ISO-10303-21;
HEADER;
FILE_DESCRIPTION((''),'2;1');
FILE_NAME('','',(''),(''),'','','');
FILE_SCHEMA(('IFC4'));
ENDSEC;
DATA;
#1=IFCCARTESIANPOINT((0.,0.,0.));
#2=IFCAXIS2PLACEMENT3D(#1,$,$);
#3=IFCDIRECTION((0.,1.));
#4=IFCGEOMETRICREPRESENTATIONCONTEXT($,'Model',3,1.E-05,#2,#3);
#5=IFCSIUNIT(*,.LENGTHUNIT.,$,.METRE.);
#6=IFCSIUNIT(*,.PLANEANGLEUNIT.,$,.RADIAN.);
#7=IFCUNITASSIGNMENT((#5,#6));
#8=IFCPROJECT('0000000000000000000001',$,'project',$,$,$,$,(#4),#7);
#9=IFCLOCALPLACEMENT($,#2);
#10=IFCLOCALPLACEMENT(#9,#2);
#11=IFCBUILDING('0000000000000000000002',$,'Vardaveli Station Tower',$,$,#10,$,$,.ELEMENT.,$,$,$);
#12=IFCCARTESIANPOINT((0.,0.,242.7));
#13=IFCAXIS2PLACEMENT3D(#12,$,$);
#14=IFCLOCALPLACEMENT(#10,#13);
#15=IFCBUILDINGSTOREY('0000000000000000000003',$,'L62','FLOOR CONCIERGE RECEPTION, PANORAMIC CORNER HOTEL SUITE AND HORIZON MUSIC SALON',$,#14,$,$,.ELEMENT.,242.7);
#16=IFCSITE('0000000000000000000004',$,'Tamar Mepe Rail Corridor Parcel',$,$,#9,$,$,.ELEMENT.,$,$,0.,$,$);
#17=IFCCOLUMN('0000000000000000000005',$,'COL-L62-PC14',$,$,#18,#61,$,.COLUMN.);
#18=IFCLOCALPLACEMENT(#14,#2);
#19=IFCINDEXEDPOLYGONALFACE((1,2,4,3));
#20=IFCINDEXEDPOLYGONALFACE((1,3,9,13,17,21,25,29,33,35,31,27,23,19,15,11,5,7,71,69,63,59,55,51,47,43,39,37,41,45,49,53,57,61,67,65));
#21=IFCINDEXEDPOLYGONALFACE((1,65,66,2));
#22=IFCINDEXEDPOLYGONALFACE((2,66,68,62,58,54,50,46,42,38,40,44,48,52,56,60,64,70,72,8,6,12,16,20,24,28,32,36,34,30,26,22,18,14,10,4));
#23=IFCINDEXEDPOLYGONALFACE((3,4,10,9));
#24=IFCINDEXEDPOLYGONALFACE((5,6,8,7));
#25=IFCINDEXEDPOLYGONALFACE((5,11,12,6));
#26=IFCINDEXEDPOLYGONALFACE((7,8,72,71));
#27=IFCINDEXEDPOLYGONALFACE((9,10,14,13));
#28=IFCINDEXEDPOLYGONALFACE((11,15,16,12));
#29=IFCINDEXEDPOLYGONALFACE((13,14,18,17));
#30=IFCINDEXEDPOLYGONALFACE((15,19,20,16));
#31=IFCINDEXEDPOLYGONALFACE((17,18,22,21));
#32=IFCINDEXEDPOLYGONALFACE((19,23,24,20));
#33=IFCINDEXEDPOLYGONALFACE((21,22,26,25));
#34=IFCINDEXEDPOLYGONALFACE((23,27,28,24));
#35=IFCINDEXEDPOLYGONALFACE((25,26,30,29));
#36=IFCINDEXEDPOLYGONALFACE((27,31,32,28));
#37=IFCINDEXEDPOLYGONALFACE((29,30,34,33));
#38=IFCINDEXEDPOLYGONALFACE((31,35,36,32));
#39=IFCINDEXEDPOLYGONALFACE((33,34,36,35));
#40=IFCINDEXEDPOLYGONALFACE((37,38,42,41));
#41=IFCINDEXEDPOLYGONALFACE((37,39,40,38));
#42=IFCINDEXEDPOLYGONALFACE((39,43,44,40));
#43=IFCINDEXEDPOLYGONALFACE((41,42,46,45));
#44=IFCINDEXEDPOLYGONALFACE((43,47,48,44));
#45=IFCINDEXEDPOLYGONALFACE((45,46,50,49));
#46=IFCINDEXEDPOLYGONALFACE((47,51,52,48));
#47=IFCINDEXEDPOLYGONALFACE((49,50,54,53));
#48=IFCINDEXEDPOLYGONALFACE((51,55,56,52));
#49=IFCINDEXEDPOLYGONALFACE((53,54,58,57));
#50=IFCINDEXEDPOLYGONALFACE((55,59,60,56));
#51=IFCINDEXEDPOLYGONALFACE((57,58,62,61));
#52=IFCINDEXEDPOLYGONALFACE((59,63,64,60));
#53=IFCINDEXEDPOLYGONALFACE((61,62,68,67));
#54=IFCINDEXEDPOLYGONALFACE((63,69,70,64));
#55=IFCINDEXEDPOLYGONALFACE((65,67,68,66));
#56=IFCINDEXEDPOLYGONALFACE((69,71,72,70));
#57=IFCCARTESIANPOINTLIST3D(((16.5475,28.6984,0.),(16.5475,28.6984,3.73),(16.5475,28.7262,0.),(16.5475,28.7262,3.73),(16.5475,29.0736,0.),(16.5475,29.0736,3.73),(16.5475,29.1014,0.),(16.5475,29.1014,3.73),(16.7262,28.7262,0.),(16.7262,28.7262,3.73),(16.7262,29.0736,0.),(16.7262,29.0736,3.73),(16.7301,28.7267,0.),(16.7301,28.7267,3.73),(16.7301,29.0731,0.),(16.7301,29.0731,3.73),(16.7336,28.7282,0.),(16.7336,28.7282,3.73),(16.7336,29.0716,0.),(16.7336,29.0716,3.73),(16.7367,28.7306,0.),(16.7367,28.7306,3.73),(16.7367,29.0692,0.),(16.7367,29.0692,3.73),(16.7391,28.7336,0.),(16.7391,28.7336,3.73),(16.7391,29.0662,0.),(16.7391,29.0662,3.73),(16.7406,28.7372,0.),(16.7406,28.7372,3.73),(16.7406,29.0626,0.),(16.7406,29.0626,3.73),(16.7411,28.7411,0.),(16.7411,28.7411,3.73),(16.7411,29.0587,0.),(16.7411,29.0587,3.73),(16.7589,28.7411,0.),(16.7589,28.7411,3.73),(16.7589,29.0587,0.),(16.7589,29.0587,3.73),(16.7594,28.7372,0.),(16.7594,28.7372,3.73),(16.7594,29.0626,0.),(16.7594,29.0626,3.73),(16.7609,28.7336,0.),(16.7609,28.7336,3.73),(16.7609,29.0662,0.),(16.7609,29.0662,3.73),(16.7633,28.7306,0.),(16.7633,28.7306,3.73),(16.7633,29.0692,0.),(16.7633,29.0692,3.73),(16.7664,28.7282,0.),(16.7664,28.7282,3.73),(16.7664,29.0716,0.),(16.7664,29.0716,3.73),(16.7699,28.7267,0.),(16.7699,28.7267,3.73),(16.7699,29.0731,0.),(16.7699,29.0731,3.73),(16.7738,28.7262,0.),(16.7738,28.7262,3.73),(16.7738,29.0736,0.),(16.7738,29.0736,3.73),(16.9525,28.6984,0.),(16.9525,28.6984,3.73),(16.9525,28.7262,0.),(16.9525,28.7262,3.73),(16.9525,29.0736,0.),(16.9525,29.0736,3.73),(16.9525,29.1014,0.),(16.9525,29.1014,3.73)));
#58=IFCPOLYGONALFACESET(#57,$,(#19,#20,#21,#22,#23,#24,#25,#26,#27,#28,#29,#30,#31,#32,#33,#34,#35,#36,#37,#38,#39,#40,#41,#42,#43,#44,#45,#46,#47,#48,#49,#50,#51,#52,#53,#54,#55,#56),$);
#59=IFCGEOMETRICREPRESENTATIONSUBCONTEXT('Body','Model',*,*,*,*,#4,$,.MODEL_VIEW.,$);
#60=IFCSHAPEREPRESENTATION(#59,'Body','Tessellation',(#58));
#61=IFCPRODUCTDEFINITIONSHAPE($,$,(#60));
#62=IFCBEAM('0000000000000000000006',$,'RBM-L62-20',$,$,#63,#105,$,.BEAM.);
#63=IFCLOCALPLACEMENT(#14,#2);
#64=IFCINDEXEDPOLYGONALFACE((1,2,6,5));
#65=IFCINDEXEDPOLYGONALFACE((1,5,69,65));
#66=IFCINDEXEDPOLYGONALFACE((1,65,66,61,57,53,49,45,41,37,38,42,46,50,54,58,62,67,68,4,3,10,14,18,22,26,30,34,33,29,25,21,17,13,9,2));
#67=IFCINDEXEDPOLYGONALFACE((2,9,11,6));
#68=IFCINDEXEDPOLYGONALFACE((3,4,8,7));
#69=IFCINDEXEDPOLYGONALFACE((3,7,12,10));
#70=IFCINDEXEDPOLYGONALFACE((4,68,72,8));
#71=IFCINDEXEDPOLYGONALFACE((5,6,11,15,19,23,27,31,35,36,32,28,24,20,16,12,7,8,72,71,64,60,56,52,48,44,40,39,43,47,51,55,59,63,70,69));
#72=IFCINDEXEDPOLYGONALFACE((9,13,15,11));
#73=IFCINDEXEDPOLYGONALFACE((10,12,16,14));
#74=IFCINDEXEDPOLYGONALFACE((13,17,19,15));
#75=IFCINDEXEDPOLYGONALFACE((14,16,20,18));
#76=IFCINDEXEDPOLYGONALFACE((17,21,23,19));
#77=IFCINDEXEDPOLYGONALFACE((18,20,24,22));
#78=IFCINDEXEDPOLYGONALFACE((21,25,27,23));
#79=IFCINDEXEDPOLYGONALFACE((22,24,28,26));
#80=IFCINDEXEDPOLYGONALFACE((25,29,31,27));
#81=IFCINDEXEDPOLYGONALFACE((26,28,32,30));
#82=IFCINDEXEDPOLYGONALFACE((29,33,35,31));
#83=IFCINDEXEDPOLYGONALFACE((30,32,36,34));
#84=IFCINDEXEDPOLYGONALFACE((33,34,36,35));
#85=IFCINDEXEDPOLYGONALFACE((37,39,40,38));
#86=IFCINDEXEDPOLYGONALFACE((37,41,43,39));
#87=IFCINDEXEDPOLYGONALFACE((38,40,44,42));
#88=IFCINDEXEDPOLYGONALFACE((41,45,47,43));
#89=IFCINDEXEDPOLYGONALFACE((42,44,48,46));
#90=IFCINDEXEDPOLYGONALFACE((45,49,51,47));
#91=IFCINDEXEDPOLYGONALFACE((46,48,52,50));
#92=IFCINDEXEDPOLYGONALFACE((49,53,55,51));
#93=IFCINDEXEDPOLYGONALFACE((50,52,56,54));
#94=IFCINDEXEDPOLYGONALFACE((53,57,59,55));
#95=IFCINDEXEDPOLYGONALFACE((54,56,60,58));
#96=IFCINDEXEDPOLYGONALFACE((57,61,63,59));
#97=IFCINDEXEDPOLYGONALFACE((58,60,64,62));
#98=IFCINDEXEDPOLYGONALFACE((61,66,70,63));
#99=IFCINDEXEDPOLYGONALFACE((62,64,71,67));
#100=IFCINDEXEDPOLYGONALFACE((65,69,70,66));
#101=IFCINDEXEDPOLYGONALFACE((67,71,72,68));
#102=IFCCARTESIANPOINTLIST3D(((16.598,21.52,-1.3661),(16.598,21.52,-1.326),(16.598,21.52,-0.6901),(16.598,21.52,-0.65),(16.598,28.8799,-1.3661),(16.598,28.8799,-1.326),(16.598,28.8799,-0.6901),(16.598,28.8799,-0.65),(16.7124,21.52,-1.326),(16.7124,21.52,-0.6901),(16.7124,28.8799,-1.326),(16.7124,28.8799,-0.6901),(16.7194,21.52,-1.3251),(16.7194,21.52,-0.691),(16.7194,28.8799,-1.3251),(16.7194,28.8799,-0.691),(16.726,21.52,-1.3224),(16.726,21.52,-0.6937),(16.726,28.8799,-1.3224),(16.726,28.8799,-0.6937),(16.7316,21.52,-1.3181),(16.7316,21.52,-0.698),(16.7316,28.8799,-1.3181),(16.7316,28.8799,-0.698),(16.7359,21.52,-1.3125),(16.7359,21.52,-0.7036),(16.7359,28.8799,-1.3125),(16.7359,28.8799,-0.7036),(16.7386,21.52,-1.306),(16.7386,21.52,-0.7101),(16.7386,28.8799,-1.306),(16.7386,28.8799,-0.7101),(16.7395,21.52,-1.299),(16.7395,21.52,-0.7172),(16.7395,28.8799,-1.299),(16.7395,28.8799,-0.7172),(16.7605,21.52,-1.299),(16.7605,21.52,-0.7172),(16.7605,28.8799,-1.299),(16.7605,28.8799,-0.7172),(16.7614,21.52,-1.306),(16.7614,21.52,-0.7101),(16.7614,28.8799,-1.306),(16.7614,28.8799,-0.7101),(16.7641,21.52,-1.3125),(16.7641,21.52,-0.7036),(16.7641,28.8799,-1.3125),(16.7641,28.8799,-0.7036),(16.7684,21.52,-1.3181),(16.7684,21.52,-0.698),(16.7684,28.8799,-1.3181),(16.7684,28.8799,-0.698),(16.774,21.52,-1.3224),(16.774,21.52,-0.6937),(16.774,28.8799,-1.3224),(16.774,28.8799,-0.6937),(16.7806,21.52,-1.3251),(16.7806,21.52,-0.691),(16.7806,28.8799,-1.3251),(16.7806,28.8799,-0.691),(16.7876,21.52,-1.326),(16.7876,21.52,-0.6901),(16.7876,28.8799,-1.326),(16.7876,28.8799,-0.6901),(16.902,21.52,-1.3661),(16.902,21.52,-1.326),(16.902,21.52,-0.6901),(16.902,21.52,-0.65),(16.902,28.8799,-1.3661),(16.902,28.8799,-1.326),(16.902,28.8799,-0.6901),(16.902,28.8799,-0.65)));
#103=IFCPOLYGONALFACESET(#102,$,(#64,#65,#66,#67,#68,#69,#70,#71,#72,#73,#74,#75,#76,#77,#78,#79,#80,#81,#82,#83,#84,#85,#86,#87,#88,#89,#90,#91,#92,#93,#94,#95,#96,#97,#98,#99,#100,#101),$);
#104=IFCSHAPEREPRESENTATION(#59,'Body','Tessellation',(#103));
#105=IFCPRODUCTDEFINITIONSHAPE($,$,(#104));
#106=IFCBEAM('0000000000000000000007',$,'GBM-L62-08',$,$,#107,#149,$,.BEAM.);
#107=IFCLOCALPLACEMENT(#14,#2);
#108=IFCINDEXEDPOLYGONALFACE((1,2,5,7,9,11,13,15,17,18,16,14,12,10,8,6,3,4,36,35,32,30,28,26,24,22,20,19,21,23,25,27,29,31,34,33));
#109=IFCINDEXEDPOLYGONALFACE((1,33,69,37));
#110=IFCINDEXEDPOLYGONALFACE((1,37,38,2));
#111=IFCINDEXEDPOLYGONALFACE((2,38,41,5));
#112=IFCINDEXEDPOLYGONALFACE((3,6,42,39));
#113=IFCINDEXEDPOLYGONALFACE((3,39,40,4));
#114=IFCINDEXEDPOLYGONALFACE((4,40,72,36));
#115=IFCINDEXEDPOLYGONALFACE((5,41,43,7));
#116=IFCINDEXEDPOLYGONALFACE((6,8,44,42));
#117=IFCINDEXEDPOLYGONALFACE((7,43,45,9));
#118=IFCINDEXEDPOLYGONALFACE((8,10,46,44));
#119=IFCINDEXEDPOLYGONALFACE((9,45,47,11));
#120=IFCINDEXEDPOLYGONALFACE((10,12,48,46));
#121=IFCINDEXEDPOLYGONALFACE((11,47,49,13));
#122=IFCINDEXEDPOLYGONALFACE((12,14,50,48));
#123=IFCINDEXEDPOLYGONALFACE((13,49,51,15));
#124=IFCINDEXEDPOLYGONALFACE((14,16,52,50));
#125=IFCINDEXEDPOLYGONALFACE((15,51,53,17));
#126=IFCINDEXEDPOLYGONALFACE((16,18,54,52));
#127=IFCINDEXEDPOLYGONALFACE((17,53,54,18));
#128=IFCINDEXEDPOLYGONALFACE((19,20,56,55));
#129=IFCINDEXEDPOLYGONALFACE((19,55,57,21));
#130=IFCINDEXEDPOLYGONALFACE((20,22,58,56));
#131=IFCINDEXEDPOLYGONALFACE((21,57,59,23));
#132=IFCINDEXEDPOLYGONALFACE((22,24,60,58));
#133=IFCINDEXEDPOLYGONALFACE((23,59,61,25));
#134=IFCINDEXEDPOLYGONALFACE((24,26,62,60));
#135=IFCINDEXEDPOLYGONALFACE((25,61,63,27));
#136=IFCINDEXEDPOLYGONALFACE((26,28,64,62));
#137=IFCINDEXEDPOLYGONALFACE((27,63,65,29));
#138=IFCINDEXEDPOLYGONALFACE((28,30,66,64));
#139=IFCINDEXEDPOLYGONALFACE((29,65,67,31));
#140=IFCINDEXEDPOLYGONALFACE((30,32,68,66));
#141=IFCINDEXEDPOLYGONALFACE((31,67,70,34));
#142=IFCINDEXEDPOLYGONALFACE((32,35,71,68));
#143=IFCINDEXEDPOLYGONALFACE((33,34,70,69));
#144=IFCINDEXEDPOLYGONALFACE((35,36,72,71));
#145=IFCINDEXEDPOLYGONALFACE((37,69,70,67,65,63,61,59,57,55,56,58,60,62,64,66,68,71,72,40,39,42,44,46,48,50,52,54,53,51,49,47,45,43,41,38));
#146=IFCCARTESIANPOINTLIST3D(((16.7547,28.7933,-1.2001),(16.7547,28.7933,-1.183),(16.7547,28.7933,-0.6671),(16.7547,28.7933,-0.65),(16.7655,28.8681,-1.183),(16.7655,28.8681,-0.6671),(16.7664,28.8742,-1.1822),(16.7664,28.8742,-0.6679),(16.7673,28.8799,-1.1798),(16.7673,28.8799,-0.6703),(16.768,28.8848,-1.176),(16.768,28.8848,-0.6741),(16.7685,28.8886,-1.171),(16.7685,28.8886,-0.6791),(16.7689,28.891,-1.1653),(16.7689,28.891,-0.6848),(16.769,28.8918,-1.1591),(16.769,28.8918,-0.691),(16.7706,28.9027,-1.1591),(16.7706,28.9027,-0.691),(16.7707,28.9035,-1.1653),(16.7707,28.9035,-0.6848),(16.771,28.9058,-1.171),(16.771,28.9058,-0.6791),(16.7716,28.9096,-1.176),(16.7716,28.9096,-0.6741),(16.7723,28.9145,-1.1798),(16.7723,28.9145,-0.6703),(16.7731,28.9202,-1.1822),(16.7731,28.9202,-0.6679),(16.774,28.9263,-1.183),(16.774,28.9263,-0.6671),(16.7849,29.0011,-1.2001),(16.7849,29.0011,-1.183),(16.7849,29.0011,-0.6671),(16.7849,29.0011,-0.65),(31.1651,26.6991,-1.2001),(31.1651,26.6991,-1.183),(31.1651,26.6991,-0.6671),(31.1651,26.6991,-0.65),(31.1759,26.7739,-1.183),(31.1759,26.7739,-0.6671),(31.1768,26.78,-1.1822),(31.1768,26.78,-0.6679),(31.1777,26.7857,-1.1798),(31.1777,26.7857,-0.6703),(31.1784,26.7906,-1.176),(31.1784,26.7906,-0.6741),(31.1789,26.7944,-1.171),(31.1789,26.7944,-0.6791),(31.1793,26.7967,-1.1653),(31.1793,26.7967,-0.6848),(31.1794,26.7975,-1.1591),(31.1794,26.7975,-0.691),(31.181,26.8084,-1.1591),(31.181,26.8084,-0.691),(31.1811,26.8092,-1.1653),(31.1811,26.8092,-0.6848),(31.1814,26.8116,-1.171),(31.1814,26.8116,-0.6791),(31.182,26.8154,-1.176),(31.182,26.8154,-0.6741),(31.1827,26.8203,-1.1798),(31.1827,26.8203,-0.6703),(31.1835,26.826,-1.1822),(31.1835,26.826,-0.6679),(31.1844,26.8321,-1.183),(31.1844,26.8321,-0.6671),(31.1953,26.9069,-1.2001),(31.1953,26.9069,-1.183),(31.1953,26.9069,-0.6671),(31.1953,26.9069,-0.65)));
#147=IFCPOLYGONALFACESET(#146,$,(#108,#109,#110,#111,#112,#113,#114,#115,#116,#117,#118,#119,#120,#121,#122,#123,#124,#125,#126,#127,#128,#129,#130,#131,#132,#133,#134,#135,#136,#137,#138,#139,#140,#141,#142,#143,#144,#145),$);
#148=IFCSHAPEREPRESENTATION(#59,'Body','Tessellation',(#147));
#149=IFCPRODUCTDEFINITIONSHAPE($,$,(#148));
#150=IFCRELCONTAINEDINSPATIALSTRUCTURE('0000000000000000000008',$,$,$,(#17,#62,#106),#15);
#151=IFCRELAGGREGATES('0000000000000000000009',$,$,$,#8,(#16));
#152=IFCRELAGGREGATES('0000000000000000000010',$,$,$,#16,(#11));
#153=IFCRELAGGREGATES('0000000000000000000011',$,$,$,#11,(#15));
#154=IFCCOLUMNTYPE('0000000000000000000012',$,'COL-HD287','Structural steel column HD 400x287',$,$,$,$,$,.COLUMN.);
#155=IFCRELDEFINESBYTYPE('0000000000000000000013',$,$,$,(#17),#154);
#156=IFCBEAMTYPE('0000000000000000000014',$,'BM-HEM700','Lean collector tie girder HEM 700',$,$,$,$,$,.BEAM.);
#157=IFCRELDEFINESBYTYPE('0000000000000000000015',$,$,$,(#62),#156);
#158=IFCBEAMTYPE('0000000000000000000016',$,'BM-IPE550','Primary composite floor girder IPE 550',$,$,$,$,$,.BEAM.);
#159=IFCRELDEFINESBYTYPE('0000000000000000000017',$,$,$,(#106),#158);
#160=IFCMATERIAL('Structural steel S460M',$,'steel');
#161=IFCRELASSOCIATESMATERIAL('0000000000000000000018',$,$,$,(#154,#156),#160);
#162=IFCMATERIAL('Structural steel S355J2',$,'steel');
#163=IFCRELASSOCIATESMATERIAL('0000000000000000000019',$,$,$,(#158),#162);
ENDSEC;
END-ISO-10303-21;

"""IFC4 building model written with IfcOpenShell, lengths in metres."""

from ifc_helpers import new_model, si_unit, direction, frame, origin, origin_2d, place, context, subcontext, project, spatial, i_section, extrude, source, transform, mapped, material, material_profile, profile_set, type_object, element, save


model = new_model("IFC4")

# Units and contexts
model_context = context("Model", 3, precision=1e-05, world=origin(), true_north=direction((0.0, 1.0)))
body_context = subcontext(model_context, "Body", "Model", "MODEL_VIEW")
ifc_project = project(units=[si_unit("LENGTHUNIT", "METRE"), si_unit("PLANEANGLEUNIT", "RADIAN")], contexts=[model_context])

# Site, building, storey
site_placement = place(None, origin())
site = spatial("IfcSite", under=ifc_project, at=site_placement, Name="Tamar Mepe Rail Corridor Parcel", CompositionType="ELEMENT", RefElevation=0.0)
building_placement = place(site_placement, origin())
building = spatial("IfcBuilding", under=site, at=building_placement, Name="Vardaveli Station Tower", CompositionType="ELEMENT")
storey_placement = place(building_placement, frame((0.0, 0.0, 242.7)))
storey = spatial("IfcBuildingStorey", under=building, at=storey_placement, Name="L62", Description="FLOOR CONCIERGE RECEPTION, PANORAMIC CORNER HOTEL SUITE AND HORIZON MUSIC SALON", CompositionType="ELEMENT", Elevation=242.7)

# Column
ifc_material_1 = material(Name="Structural steel S460M", Category="steel")
ifc_material_profile_1 = material_profile(ifc_material_1, i_section(OverallWidth=0.405, OverallDepth=0.4031, WebThickness=0.0178, FlangeThickness=0.0278, FilletRadius=0.0149, at=origin_2d()), Name="HD 400x287")
ifc_profile_set_1 = profile_set([ifc_material_profile_1], Name="Structural steel S460M")
column_type = type_object("IfcColumnType", Name="COL-HD287", Description="Structural steel column HD 400x287", PredefinedType="COLUMN", material=ifc_profile_set_1)
shared_shape_1 = source(origin(), body_context, "Body", "SweptSolid", [
    extrude(i_section(OverallWidth=0.405, OverallDepth=0.4031, WebThickness=0.0178, FlangeThickness=0.0278, FilletRadius=0.0149, at=origin_2d()), origin(), (0.0, 0.0, 1.0), 3.73),
])
column_placement = place(storey_placement, frame((16.75, 28.8999, 0.0), z_axis=(0.0, 0.0, 1.0), x_axis=(1.0, 0.0, 0.0)))
element("IfcColumn", 1, at=column_placement, inside=storey, type_object=column_type, Name="COL-L62-PC14", PredefinedType="COLUMN", context=body_context, shape_type="MappedRepresentation", body=[
    mapped(shared_shape_1, transform((0.0, 0.0, 0.0), scale=1.0)),
])

# Beams
ifc_material_profile_2 = material_profile(ifc_material_1, i_section(OverallWidth=0.304, OverallDepth=0.7161, WebThickness=0.021, FlangeThickness=0.04, FilletRadius=0.0271, at=origin_2d()), Name="HEM 700")
ifc_profile_set_2 = profile_set([ifc_material_profile_2], Name="Structural steel S460M")
beam_type_1 = type_object("IfcBeamType", Name="BM-HEM700", Description="Lean collector tie girder HEM 700", PredefinedType="BEAM", material=ifc_profile_set_2)
shared_shape_2 = source(origin(), body_context, "Body", "SweptSolid", [
    extrude(i_section(OverallWidth=0.304, OverallDepth=0.7161, WebThickness=0.021, FlangeThickness=0.04, FilletRadius=0.0271, at=origin_2d()), origin(), (0.0, 0.0, 1.0), 7.3599),
])
beam_1_placement = place(storey_placement, frame((16.75, 28.8799, -1.0081), z_axis=(0.0, -1.0, 0.0), x_axis=(1.0, 0.0, 0.0)))
element("IfcBeam", 2, at=beam_1_placement, inside=storey, type_object=beam_type_1, Name="RBM-L62-20", PredefinedType="BEAM", context=body_context, shape_type="MappedRepresentation", body=[
    mapped(shared_shape_2, transform((0.0, 0.0, 0.0), scale=1.0)),
])
ifc_material_2 = material(Name="Structural steel S355J2", Category="steel")
ifc_material_profile_3 = material_profile(ifc_material_2, i_section(OverallWidth=0.21, OverallDepth=0.55, WebThickness=0.011, FlangeThickness=0.0171, FilletRadius=0.0239, at=origin_2d()), Name="IPE 550")
ifc_profile_set_3 = profile_set([ifc_material_profile_3], Name="Structural steel S355J2")
beam_type_2 = type_object("IfcBeamType", Name="BM-IPE550", Description="Primary composite floor girder IPE 550", PredefinedType="BEAM", material=ifc_profile_set_3)
shared_shape_3 = source(origin(), body_context, "Body", "SweptSolid", [
    extrude(i_section(OverallWidth=0.21, OverallDepth=0.55, WebThickness=0.011, FlangeThickness=0.0171, FilletRadius=0.0239, at=origin_2d()), origin(), (0.0, 0.0, 1.0), 14.5618),
])
beam_2_placement = place(storey_placement, frame((16.7698, 28.8972, -0.925), z_axis=(0.989604, -0.143817, 0.0), x_axis=(0.143817, 0.989604, 0.0)))
element("IfcBeam", 3, at=beam_2_placement, inside=storey, type_object=beam_type_2, Name="GBM-L62-08", PredefinedType="BEAM", context=body_context, shape_type="MappedRepresentation", body=[
    mapped(shared_shape_3, transform((0.0, 0.0, 0.0), scale=1.0)),
])

save(model, "model.ifc")
